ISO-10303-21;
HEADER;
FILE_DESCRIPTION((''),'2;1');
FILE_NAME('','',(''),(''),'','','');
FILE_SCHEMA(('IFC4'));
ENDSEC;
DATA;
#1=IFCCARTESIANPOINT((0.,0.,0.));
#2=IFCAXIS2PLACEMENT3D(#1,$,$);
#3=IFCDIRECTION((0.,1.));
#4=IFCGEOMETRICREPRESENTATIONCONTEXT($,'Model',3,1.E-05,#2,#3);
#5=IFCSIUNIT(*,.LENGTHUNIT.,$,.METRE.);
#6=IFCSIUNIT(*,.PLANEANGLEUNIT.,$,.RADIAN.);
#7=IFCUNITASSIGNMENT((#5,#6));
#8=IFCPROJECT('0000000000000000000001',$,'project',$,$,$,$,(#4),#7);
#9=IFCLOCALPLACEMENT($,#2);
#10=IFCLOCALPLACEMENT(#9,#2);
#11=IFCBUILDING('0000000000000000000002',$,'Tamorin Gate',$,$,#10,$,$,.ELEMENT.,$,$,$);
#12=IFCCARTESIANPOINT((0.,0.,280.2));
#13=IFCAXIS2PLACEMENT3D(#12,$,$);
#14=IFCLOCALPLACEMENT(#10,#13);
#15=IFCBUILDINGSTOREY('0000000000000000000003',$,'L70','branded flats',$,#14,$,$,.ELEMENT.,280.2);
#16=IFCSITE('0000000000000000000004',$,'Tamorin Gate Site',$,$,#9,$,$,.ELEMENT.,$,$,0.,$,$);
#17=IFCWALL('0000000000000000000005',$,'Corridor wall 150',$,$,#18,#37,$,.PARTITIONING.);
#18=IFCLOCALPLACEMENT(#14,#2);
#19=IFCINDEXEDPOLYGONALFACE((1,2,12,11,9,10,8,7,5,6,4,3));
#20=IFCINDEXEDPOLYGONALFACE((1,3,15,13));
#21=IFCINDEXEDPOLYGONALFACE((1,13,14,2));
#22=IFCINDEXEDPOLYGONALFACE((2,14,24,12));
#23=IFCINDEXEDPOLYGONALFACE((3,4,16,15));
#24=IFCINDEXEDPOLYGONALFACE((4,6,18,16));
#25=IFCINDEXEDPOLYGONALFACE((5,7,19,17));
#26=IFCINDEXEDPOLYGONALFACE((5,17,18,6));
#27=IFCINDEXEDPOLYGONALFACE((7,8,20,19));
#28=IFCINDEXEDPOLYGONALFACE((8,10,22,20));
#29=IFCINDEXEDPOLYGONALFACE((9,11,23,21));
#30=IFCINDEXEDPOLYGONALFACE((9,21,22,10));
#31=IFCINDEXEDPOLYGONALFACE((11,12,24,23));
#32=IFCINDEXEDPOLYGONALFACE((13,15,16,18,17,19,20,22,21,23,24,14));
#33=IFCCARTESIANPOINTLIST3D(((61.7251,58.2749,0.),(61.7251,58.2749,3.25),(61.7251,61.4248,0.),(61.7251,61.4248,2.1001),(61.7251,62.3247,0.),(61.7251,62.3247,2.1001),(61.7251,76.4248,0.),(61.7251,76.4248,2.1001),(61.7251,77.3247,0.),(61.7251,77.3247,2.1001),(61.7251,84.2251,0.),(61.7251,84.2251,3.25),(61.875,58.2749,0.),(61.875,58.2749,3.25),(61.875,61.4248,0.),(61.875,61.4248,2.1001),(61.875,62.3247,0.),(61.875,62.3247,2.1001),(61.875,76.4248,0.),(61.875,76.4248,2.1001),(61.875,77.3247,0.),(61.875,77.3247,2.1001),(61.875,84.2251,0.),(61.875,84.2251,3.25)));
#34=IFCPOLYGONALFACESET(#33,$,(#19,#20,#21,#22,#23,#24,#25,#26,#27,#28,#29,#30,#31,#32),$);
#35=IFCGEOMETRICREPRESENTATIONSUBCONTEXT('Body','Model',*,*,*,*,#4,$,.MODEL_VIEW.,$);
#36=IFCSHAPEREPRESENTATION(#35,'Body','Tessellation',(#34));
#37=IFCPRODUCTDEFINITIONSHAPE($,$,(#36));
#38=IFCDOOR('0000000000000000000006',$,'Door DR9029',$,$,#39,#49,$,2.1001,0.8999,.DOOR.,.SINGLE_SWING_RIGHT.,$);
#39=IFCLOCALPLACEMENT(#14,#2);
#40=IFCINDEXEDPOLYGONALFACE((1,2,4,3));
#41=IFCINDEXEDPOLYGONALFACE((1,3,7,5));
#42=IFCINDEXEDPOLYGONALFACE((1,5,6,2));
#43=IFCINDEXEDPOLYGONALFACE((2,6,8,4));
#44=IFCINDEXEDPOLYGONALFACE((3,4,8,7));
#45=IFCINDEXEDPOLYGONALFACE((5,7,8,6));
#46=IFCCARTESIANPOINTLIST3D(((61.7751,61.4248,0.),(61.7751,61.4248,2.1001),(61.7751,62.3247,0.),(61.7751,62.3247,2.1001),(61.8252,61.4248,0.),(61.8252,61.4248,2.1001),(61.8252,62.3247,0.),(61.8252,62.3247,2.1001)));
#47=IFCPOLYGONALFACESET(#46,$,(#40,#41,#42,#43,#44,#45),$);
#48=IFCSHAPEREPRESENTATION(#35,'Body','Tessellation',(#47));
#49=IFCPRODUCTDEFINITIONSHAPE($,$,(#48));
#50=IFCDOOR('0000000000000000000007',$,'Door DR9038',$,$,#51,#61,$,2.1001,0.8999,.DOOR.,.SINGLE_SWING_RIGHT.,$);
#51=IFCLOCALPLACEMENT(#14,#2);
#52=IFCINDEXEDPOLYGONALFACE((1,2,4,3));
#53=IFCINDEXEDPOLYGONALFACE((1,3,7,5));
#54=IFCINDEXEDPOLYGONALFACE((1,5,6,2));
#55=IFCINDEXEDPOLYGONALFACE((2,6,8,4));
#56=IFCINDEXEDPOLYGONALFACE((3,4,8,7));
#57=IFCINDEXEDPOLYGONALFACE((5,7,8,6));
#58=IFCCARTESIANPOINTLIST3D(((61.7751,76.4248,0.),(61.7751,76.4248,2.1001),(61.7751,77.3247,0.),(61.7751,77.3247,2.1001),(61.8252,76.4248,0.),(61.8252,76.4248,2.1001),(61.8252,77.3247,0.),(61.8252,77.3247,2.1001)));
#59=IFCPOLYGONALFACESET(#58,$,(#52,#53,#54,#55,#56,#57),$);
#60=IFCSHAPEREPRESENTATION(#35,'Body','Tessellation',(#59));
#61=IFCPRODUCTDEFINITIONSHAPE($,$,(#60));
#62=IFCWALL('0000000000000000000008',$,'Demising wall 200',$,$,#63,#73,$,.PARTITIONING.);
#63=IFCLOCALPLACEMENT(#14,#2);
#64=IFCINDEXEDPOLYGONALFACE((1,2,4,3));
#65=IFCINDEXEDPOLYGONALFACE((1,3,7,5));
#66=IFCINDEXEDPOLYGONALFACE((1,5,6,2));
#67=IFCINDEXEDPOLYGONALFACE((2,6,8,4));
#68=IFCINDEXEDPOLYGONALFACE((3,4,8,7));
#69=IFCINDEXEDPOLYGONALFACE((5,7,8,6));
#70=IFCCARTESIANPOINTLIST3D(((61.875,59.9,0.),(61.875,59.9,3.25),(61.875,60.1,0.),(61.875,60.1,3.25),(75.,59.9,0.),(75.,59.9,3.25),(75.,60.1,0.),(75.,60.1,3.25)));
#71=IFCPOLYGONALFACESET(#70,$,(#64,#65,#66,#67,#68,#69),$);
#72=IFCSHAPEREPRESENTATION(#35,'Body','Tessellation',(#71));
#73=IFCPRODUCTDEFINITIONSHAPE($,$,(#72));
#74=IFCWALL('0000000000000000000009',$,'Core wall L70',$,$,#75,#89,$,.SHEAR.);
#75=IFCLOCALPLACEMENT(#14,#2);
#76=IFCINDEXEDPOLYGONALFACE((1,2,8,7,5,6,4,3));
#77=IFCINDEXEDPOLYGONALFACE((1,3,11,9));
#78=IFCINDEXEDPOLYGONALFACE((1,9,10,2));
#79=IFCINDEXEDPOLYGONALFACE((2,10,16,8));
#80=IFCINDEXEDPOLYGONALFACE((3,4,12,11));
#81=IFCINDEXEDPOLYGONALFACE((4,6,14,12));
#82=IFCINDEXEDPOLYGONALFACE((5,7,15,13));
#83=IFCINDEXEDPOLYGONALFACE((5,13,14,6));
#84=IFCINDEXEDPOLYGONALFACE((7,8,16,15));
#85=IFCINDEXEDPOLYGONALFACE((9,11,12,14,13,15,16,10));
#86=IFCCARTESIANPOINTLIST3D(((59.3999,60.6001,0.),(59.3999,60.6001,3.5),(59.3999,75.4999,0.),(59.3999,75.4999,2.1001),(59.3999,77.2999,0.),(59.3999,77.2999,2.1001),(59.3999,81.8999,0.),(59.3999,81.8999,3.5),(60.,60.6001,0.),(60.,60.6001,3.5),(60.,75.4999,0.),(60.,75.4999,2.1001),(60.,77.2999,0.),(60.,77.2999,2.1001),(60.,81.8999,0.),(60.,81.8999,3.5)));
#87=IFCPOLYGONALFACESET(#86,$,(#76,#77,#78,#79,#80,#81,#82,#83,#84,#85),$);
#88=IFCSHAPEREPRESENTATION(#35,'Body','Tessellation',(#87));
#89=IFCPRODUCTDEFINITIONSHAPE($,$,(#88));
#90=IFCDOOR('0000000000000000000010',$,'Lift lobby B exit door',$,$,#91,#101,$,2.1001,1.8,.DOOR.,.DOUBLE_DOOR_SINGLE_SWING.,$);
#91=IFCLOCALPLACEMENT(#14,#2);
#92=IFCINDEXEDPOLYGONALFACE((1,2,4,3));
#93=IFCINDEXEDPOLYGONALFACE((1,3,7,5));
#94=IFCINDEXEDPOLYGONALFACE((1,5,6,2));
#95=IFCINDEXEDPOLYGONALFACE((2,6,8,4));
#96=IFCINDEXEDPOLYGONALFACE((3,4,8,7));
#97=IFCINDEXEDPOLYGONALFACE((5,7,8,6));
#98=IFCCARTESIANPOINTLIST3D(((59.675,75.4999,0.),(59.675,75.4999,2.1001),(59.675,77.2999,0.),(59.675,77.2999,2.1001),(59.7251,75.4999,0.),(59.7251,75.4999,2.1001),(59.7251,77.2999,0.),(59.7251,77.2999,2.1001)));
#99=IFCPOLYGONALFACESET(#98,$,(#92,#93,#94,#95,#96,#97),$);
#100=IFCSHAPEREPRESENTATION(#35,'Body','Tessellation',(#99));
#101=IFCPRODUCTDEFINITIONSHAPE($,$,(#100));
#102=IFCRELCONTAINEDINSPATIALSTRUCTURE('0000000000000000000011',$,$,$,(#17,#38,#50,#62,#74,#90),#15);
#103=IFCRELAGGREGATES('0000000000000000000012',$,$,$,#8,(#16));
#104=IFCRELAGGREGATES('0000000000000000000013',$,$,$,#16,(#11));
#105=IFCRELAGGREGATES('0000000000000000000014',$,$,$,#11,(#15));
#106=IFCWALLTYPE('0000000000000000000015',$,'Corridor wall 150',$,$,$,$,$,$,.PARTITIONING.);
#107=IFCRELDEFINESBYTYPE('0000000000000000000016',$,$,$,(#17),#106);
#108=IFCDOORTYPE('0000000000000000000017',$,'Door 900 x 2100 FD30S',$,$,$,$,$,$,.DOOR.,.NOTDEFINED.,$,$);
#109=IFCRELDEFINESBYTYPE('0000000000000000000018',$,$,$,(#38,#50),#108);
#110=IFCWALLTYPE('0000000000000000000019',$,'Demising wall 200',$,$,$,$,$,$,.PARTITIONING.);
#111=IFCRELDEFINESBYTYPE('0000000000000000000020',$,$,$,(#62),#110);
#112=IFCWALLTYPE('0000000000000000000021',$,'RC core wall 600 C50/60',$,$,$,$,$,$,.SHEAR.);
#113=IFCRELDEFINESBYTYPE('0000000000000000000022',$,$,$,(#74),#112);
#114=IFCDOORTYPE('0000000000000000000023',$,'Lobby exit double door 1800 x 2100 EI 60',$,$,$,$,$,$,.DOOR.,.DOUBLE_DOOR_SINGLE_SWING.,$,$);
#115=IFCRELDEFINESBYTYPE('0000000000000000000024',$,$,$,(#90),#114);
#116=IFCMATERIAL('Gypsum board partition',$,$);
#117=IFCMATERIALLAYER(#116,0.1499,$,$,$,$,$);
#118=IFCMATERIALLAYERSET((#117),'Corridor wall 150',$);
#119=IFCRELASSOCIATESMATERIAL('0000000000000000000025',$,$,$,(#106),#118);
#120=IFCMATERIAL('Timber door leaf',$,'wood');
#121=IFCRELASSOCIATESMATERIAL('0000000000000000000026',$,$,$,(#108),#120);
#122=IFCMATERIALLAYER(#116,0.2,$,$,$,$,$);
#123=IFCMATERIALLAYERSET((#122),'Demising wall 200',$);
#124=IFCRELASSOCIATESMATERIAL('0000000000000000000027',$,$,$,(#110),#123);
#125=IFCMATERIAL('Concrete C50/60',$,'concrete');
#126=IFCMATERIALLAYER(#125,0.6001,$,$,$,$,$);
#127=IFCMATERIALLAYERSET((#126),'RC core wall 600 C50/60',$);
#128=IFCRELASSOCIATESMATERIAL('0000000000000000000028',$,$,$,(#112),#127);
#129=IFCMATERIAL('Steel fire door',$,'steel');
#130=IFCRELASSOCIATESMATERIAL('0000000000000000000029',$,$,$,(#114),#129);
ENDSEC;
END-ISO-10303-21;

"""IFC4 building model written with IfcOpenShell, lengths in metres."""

from ifc_helpers import new_model, si_unit, direction, frame, frame_2d, origin, place, context, subcontext, project, spatial, rectangle, extrude, material, layer, layer_set, type_object, element, fill, save


model = new_model("IFC4")

# Units and contexts
model_context = context("Model", 3, precision=1e-05, world=origin(), true_north=direction((0.0, 1.0)))
body_context = subcontext(model_context, "Body", "Model", "MODEL_VIEW")
ifc_project = project(units=[si_unit("LENGTHUNIT", "METRE"), si_unit("PLANEANGLEUNIT", "RADIAN")], contexts=[model_context])

# Site, building, storey
site_placement = place(None, origin())
site = spatial("IfcSite", under=ifc_project, at=site_placement, Name="Tamorin Gate Site", CompositionType="ELEMENT", RefElevation=0.0)
building_placement = place(site_placement, origin())
building = spatial("IfcBuilding", under=site, at=building_placement, Name="Tamorin Gate", CompositionType="ELEMENT")
storey_placement = place(building_placement, frame((0.0, 0.0, 280.2)))
storey = spatial("IfcBuildingStorey", under=building, at=storey_placement, Name="L70", Description="branded flats", CompositionType="ELEMENT", Elevation=280.2)

# Shared definitions
ifc_material_1 = material(Name="Concrete C50/60", Category="concrete")

# Wall, openings, doors
ifc_material_2 = material(Name="Gypsum board partition")
ifc_layer_1 = layer(ifc_material_2, 0.1499)
ifc_layer_set_1 = layer_set([ifc_layer_1], Name="Corridor wall 150")
wall_type_1 = type_object("IfcWallType", Name="Corridor wall 150", PredefinedType="PARTITIONING", material=ifc_layer_set_1)
wall_1_placement = place(storey_placement, frame((61.8, 58.2749, 0.0), z_axis=(0.0, 0.0, 1.0), x_axis=(0.0, 1.0, 0.0)))
wall_1 = element("IfcWall", 1, at=wall_1_placement, inside=storey, type_object=wall_type_1, Name="Corridor wall 150", PredefinedType="PARTITIONING", context=body_context, shape_type="SweptSolid", body=[
    extrude(rectangle(XDim=25.9502, YDim=0.1499, at=frame_2d((12.9751, 0.0))), origin(), (0.0, 0.0, 1.0), 3.25),
])
opening_1_placement = place(wall_1_placement, frame((3.1499, 0.0, 0.0)))
opening_1 = element("IfcOpeningElement", 2, at=opening_1_placement, cuts=wall_1, PredefinedType="OPENING", context=body_context, shape_type="SweptSolid", body=[
    extrude(rectangle(XDim=0.8999, YDim=2.1001, at=frame_2d((0.45, 1.05))), frame((0.0, 0.085, 0.0), z_axis=(0.0, -1.0, 0.0), x_axis=(1.0, 0.0, 0.0)), (0.0, 0.0, 1.0), 0.1699),
])
opening_2_placement = place(wall_1_placement, frame((18.1499, 0.0, 0.0)))
opening_2 = element("IfcOpeningElement", 3, at=opening_2_placement, cuts=wall_1, PredefinedType="OPENING", context=body_context, shape_type="SweptSolid", body=[
    extrude(rectangle(XDim=0.8999, YDim=2.1001, at=frame_2d((0.45, 1.05))), frame((0.0, 0.085, 0.0), z_axis=(0.0, -1.0, 0.0), x_axis=(1.0, 0.0, 0.0)), (0.0, 0.0, 1.0), 0.1699),
])
ifc_material_3 = material(Name="Timber door leaf", Category="wood")
door_type_1 = type_object("IfcDoorType", Name="Door 900 x 2100 FD30S", OperationType="NOTDEFINED", PredefinedType="DOOR", material=ifc_material_3)
door_1_placement = place(opening_1_placement, origin())
door_1 = element("IfcDoor", 4, at=door_1_placement, inside=storey, type_object=door_type_1, Name="Door DR9029", OperationType="SINGLE_SWING_RIGHT", OverallHeight=2.1001, OverallWidth=0.8999, PredefinedType="DOOR", context=body_context, shape_type="SweptSolid", body=[
    extrude(rectangle(XDim=0.8999, YDim=2.1001, at=frame_2d((0.45, 1.05))), frame((0.0, 0.0249, 0.0), z_axis=(0.0, -1.0, 0.0), x_axis=(1.0, 0.0, 0.0)), (0.0, 0.0, 1.0), 0.05),
])
fill(opening_1, door_1)
door_2_placement = place(opening_2_placement, origin())
door_2 = element("IfcDoor", 5, at=door_2_placement, inside=storey, type_object=door_type_1, Name="Door DR9038", OperationType="SINGLE_SWING_RIGHT", OverallHeight=2.1001, OverallWidth=0.8999, PredefinedType="DOOR", context=body_context, shape_type="SweptSolid", body=[
    extrude(rectangle(XDim=0.8999, YDim=2.1001, at=frame_2d((0.45, 1.05))), frame((0.0, 0.0249, 0.0), z_axis=(0.0, -1.0, 0.0), x_axis=(1.0, 0.0, 0.0)), (0.0, 0.0, 1.0), 0.05),
])
fill(opening_2, door_2)

# Wall
ifc_layer_2 = layer(ifc_material_2, 0.2)
ifc_layer_set_2 = layer_set([ifc_layer_2], Name="Demising wall 200")
wall_type_2 = type_object("IfcWallType", Name="Demising wall 200", PredefinedType="PARTITIONING", material=ifc_layer_set_2)
wall_2_placement = place(storey_placement, frame((61.875, 60.0, 0.0), z_axis=(0.0, 0.0, 1.0), x_axis=(1.0, 0.0, 0.0)))
element("IfcWall", 6, at=wall_2_placement, inside=storey, type_object=wall_type_2, Name="Demising wall 200", PredefinedType="PARTITIONING", context=body_context, shape_type="SweptSolid", body=[
    extrude(rectangle(XDim=13.125, YDim=0.2, at=frame_2d((6.5625, 0.0))), origin(), (0.0, 0.0, 1.0), 3.25),
])

# Wall, opening, door
ifc_layer_3 = layer(ifc_material_1, 0.6001)
ifc_layer_set_3 = layer_set([ifc_layer_3], Name="RC core wall 600 C50/60")
wall_type_3 = type_object("IfcWallType", Name="RC core wall 600 C50/60", PredefinedType="SHEAR", material=ifc_layer_set_3)
wall_3_placement = place(storey_placement, frame((59.7, 60.6001, 0.0), z_axis=(0.0, 0.0, 1.0), x_axis=(0.0, 1.0, 0.0)))
wall_3 = element("IfcWall", 7, at=wall_3_placement, inside=storey, type_object=wall_type_3, Name="Core wall L70", PredefinedType="SHEAR", context=body_context, shape_type="SweptSolid", body=[
    extrude(rectangle(XDim=21.2998, YDim=0.6001, at=frame_2d((10.6499, 0.0))), origin(), (0.0, 0.0, 1.0), 3.5),
])
opening_3_placement = place(wall_3_placement, frame((14.8999, 0.0, 0.0)))
opening_3 = element("IfcOpeningElement", 8, at=opening_3_placement, cuts=wall_3, PredefinedType="OPENING", context=body_context, shape_type="SweptSolid", body=[
    extrude(rectangle(XDim=1.8, YDim=2.1001, at=frame_2d((0.8999, 1.05))), frame((0.0, 0.3101, 0.0), z_axis=(0.0, -1.0, 0.0), x_axis=(1.0, 0.0, 0.0)), (0.0, 0.0, 1.0), 0.6201),
])
ifc_material_4 = material(Name="Steel fire door", Category="steel")
door_type_2 = type_object("IfcDoorType", Name="Lobby exit double door 1800 x 2100 EI 60", OperationType="DOUBLE_DOOR_SINGLE_SWING", PredefinedType="DOOR", material=ifc_material_4)
door_3_placement = place(opening_3_placement, origin())
door_3 = element("IfcDoor", 9, at=door_3_placement, inside=storey, type_object=door_type_2, Name="Lift lobby B exit door", OperationType="DOUBLE_DOOR_SINGLE_SWING", OverallHeight=2.1001, OverallWidth=1.8, PredefinedType="DOOR", context=body_context, shape_type="SweptSolid", body=[
    extrude(rectangle(XDim=1.8, YDim=2.1001, at=frame_2d((0.8999, 1.05))), frame((0.0, 0.0249, 0.0), z_axis=(0.0, -1.0, 0.0), x_axis=(1.0, 0.0, 0.0)), (0.0, 0.0, 1.0), 0.05),
])
fill(opening_3, door_3)

save(model, "model.ifc")
